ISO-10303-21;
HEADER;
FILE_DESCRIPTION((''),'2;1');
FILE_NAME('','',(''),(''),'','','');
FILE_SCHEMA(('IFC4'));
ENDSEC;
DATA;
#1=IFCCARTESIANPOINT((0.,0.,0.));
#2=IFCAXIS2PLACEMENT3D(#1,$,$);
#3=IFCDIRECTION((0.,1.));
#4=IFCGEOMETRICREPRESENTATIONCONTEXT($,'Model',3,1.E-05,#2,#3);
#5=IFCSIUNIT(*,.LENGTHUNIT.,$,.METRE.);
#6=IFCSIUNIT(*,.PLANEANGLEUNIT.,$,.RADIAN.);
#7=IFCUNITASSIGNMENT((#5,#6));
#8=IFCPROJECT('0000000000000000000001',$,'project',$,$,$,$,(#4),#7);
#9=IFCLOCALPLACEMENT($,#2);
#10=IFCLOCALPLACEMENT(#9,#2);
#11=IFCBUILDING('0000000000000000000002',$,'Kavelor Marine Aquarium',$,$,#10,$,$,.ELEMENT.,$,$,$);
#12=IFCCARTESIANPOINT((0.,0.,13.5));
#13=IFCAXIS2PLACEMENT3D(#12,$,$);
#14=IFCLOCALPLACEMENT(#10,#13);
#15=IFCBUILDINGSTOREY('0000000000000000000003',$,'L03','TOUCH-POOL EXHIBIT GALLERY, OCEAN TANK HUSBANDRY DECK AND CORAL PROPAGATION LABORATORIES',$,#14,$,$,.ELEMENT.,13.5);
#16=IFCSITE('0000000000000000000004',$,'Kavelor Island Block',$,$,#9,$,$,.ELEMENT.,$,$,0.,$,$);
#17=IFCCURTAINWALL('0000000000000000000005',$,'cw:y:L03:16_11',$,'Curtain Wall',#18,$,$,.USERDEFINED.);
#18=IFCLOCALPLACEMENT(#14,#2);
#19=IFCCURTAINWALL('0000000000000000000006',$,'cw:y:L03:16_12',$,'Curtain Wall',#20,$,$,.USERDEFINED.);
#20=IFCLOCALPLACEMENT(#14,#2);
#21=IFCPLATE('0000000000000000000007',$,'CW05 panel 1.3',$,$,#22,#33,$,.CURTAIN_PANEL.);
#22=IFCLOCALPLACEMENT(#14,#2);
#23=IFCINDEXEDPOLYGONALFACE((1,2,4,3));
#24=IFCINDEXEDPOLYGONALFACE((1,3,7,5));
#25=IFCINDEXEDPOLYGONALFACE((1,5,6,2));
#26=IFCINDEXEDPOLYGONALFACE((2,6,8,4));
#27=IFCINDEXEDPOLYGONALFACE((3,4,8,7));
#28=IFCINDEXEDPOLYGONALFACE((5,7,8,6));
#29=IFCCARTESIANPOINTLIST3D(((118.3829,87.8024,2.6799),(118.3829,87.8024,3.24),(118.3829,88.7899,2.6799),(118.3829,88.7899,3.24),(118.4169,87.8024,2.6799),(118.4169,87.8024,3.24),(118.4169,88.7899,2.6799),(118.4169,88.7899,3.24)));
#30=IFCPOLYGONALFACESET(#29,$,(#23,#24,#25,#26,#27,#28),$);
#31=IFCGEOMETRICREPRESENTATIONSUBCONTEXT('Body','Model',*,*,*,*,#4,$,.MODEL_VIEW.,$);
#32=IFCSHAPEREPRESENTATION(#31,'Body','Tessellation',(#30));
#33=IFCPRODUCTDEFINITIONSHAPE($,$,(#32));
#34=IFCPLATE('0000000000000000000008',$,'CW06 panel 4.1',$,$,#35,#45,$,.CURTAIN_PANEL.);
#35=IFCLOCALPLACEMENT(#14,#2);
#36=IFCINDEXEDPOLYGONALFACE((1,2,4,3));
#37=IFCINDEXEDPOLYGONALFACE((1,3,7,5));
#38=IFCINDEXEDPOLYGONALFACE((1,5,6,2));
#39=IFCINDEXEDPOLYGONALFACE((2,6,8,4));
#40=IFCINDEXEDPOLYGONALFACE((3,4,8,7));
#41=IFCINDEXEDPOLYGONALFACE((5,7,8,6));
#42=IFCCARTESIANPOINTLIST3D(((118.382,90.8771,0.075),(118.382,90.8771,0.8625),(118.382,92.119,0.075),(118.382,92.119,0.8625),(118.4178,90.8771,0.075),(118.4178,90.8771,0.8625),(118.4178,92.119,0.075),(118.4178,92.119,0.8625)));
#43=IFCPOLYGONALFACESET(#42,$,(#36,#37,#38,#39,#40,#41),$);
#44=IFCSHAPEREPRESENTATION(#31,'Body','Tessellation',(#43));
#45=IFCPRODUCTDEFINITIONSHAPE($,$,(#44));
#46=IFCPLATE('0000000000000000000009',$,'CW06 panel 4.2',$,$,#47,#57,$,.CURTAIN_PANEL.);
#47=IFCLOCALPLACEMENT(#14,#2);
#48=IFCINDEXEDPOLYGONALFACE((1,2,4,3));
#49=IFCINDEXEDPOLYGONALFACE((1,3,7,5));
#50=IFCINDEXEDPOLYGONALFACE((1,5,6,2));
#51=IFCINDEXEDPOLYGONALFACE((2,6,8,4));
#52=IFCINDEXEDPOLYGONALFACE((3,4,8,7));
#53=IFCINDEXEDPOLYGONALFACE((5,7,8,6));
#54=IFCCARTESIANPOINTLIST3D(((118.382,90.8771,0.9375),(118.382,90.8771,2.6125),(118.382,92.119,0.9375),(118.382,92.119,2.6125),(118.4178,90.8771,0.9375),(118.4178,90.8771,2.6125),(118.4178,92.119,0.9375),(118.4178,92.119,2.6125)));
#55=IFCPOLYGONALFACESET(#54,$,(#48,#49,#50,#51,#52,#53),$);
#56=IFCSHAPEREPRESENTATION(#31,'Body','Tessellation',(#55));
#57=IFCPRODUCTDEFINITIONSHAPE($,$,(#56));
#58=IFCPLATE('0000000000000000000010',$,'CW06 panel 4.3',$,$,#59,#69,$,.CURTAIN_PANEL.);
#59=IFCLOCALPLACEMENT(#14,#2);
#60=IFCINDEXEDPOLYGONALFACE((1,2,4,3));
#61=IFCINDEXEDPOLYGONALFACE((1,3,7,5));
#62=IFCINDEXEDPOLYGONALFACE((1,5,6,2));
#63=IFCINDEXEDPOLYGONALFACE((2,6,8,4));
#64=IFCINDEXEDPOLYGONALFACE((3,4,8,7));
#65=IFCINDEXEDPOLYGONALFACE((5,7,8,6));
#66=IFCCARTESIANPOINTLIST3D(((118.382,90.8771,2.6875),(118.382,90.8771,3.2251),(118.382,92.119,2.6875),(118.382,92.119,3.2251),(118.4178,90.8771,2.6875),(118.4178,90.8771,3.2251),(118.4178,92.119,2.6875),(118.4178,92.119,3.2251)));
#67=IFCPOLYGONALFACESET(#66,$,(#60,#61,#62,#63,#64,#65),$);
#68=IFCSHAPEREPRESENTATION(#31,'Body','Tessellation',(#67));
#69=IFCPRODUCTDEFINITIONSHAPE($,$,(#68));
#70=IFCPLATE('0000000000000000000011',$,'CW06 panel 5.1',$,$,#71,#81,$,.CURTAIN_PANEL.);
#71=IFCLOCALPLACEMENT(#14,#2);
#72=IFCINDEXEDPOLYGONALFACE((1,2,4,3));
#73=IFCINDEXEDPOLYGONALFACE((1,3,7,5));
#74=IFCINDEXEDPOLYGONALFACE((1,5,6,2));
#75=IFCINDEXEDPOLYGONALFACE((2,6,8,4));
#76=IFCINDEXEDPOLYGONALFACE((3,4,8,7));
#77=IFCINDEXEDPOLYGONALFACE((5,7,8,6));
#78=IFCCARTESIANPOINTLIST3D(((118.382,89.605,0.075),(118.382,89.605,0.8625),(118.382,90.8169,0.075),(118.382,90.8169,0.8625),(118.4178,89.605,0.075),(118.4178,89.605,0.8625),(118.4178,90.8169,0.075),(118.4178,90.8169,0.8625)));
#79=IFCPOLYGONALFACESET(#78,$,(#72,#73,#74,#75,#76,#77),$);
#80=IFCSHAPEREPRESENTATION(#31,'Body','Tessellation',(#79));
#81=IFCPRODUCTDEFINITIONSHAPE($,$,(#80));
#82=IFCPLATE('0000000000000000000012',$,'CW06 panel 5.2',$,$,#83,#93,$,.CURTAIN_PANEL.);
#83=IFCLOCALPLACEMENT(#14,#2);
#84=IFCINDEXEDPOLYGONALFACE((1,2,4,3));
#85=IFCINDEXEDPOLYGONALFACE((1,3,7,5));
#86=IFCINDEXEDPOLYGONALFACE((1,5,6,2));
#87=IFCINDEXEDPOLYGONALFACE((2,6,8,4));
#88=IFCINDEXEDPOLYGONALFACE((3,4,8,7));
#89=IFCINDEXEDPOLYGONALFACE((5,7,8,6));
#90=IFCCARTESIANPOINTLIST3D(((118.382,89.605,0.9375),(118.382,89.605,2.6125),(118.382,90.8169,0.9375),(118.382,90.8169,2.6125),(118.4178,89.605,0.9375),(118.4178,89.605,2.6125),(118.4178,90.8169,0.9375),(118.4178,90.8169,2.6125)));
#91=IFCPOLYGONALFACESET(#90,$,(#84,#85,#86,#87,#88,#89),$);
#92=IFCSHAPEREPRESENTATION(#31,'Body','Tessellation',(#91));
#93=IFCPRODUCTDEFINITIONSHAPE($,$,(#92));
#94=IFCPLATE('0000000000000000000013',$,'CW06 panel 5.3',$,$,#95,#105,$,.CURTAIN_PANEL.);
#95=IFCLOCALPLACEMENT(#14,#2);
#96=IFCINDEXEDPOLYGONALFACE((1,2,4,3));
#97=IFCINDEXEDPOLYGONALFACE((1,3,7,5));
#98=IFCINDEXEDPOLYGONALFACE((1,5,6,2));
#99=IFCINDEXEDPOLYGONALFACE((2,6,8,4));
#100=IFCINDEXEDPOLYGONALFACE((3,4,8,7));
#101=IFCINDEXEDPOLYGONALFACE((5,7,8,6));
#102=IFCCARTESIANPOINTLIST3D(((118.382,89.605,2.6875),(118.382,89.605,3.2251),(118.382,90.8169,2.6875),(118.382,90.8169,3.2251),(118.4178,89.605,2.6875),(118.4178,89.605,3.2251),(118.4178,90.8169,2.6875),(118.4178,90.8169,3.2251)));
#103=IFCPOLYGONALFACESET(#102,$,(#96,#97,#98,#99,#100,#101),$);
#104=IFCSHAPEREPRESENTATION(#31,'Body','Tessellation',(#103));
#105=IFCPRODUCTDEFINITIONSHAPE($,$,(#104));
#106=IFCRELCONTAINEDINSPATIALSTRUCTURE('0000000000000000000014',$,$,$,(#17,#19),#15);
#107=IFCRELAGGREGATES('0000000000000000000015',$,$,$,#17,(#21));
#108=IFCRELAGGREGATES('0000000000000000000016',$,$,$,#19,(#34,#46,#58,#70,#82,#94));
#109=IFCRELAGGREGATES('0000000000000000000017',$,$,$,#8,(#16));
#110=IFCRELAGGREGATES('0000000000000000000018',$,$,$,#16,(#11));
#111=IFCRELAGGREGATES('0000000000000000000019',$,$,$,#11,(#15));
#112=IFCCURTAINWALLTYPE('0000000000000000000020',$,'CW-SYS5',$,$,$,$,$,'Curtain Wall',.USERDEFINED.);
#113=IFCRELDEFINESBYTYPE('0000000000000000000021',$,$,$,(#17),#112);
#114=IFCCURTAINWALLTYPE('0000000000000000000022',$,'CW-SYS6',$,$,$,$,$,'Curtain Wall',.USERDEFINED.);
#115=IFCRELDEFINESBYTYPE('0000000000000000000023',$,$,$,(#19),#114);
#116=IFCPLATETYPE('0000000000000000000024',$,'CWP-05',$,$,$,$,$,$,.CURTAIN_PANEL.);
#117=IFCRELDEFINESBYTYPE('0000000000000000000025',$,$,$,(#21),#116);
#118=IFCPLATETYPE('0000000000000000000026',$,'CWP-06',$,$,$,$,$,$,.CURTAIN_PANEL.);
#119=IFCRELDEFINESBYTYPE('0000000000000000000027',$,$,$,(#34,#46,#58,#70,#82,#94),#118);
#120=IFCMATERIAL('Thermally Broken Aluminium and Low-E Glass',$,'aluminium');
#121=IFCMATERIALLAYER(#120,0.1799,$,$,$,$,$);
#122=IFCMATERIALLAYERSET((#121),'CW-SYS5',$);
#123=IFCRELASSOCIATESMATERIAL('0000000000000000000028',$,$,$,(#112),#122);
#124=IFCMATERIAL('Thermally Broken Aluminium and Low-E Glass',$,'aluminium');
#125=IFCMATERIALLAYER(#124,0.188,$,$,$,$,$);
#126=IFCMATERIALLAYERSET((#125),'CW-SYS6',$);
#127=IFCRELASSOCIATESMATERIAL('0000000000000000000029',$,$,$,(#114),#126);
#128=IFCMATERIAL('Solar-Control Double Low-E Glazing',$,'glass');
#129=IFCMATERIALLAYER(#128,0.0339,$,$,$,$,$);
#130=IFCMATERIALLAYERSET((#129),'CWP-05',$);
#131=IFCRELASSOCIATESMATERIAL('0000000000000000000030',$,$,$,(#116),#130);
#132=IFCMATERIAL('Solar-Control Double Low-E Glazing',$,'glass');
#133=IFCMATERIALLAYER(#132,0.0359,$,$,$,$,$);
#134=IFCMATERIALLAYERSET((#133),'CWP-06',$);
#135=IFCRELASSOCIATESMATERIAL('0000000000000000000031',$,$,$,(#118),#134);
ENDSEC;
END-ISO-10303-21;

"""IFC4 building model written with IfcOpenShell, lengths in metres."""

from ifc_helpers import new_model, si_unit, direction, frame, origin, origin_2d, place, context, subcontext, project, spatial, rectangle, extrude, material, layer, layer_set, type_object, element, aggregate, save


model = new_model("IFC4")

# Units and contexts
model_context = context("Model", 3, precision=1e-05, world=origin(), true_north=direction((0.0, 1.0)))
body_context = subcontext(model_context, "Body", "Model", "MODEL_VIEW")
ifc_project = project(units=[si_unit("LENGTHUNIT", "METRE"), si_unit("PLANEANGLEUNIT", "RADIAN")], contexts=[model_context])

# Site, building, storey
site_placement = place(None, origin())
site = spatial("IfcSite", under=ifc_project, at=site_placement, Name="Kavelor Island Block", CompositionType="ELEMENT", RefElevation=0.0)
building_placement = place(site_placement, origin())
building = spatial("IfcBuilding", under=site, at=building_placement, Name="Kavelor Marine Aquarium", CompositionType="ELEMENT")
storey_placement = place(building_placement, frame((0.0, 0.0, 13.5)))
storey = spatial("IfcBuildingStorey", under=building, at=storey_placement, Name="L03", Description="TOUCH-POOL EXHIBIT GALLERY, OCEAN TANK HUSBANDRY DECK AND CORAL PROPAGATION LABORATORIES", CompositionType="ELEMENT", Elevation=13.5)

# Curtain wall
ifc_material_1 = material(Name="Thermally Broken Aluminium and Low-E Glass", Category="aluminium")
ifc_layer_1 = layer(ifc_material_1, 0.1799)
ifc_layer_set_1 = layer_set([ifc_layer_1], Name="CW-SYS5")
curtain_wall_type_1 = type_object("IfcCurtainWallType", Name="CW-SYS5", ElementType="Curtain Wall", PredefinedType="USERDEFINED", material=ifc_layer_set_1)
curtain_wall_1_placement = place(storey_placement, origin())
curtain_wall_1 = element("IfcCurtainWall", 1, at=curtain_wall_1_placement, inside=storey, type_object=curtain_wall_type_1, Name="cw:y:L03:16_11", ObjectType="Curtain Wall", PredefinedType="USERDEFINED")

# Curtain wall
ifc_material_2 = material(Name="Thermally Broken Aluminium and Low-E Glass", Category="aluminium")
ifc_layer_2 = layer(ifc_material_2, 0.188)
ifc_layer_set_2 = layer_set([ifc_layer_2], Name="CW-SYS6")
curtain_wall_type_2 = type_object("IfcCurtainWallType", Name="CW-SYS6", ElementType="Curtain Wall", PredefinedType="USERDEFINED", material=ifc_layer_set_2)
curtain_wall_2_placement = place(storey_placement, origin())
curtain_wall_2 = element("IfcCurtainWall", 2, at=curtain_wall_2_placement, inside=storey, type_object=curtain_wall_type_2, Name="cw:y:L03:16_12", ObjectType="Curtain Wall", PredefinedType="USERDEFINED")

# Plates
ifc_material_3 = material(Name="Solar-Control Double Low-E Glazing", Category="glass")
ifc_layer_3 = layer(ifc_material_3, 0.0339)
ifc_layer_set_3 = layer_set([ifc_layer_3], Name="CWP-05")
plate_type_1 = type_object("IfcPlateType", Name="CWP-05", PredefinedType="CURTAIN_PANEL", material=ifc_layer_set_3)
plate_1_placement = place(storey_placement, frame((118.3999, 88.2961, 2.6799), z_axis=(0.0, 0.0, 1.0), x_axis=(0.0, -1.0, 0.0)))
plate_1 = element("IfcPlate", 3, at=plate_1_placement, type_object=plate_type_1, Name="CW05 panel 1.3", PredefinedType="CURTAIN_PANEL", context=body_context, shape_type="SweptSolid", body=[
    extrude(rectangle(XDim=0.9875, YDim=0.0339, at=origin_2d()), origin(), (0.0, 0.0, 1.0), 0.5601),
])
aggregate(curtain_wall_1, [plate_1])
ifc_material_4 = material(Name="Solar-Control Double Low-E Glazing", Category="glass")
ifc_layer_4 = layer(ifc_material_4, 0.0359)
ifc_layer_set_4 = layer_set([ifc_layer_4], Name="CWP-06")
plate_type_2 = type_object("IfcPlateType", Name="CWP-06", PredefinedType="CURTAIN_PANEL", material=ifc_layer_set_4)
plate_2_placement = place(storey_placement, frame((118.3999, 91.498, 0.075), z_axis=(0.0, 0.0, 1.0), x_axis=(0.0, -1.0, 0.0)))
plate_2 = element("IfcPlate", 4, at=plate_2_placement, type_object=plate_type_2, Name="CW06 panel 4.1", PredefinedType="CURTAIN_PANEL", context=body_context, shape_type="SweptSolid", body=[
    extrude(rectangle(XDim=1.2419, YDim=0.0359, at=origin_2d()), origin(), (0.0, 0.0, 1.0), 0.7876),
])
plate_3_placement = place(storey_placement, frame((118.3999, 91.498, 0.9375), z_axis=(0.0, 0.0, 1.0), x_axis=(0.0, -1.0, 0.0)))
plate_3 = element("IfcPlate", 5, at=plate_3_placement, type_object=plate_type_2, Name="CW06 panel 4.2", PredefinedType="CURTAIN_PANEL", context=body_context, shape_type="SweptSolid", body=[
    extrude(rectangle(XDim=1.2419, YDim=0.0359, at=origin_2d()), origin(), (0.0, 0.0, 1.0), 1.675),
])
plate_4_placement = place(storey_placement, frame((118.3999, 91.498, 2.6875), z_axis=(0.0, 0.0, 1.0), x_axis=(0.0, -1.0, 0.0)))
plate_4 = element("IfcPlate", 6, at=plate_4_placement, type_object=plate_type_2, Name="CW06 panel 4.3", PredefinedType="CURTAIN_PANEL", context=body_context, shape_type="SweptSolid", body=[
    extrude(rectangle(XDim=1.2419, YDim=0.0359, at=origin_2d()), origin(), (0.0, 0.0, 1.0), 0.5376),
])
plate_5_placement = place(storey_placement, frame((118.3999, 90.2109, 0.075), z_axis=(0.0, 0.0, 1.0), x_axis=(0.0, -1.0, 0.0)))
plate_5 = element("IfcPlate", 7, at=plate_5_placement, type_object=plate_type_2, Name="CW06 panel 5.1", PredefinedType="CURTAIN_PANEL", context=body_context, shape_type="SweptSolid", body=[
    extrude(rectangle(XDim=1.2119, YDim=0.0359, at=origin_2d()), origin(), (0.0, 0.0, 1.0), 0.7876),
])
plate_6_placement = place(storey_placement, frame((118.3999, 90.2109, 0.9375), z_axis=(0.0, 0.0, 1.0), x_axis=(0.0, -1.0, 0.0)))
plate_6 = element("IfcPlate", 8, at=plate_6_placement, type_object=plate_type_2, Name="CW06 panel 5.2", PredefinedType="CURTAIN_PANEL", context=body_context, shape_type="SweptSolid", body=[
    extrude(rectangle(XDim=1.2119, YDim=0.0359, at=origin_2d()), origin(), (0.0, 0.0, 1.0), 1.675),
])
plate_7_placement = place(storey_placement, frame((118.3999, 90.2109, 2.6875), z_axis=(0.0, 0.0, 1.0), x_axis=(0.0, -1.0, 0.0)))
plate_7 = element("IfcPlate", 9, at=plate_7_placement, type_object=plate_type_2, Name="CW06 panel 5.3", PredefinedType="CURTAIN_PANEL", context=body_context, shape_type="SweptSolid", body=[
    extrude(rectangle(XDim=1.2119, YDim=0.0359, at=origin_2d()), origin(), (0.0, 0.0, 1.0), 0.5376),
])
aggregate(curtain_wall_2, [plate_2, plate_3, plate_4, plate_5, plate_6, plate_7])

save(model, "model.ifc")
